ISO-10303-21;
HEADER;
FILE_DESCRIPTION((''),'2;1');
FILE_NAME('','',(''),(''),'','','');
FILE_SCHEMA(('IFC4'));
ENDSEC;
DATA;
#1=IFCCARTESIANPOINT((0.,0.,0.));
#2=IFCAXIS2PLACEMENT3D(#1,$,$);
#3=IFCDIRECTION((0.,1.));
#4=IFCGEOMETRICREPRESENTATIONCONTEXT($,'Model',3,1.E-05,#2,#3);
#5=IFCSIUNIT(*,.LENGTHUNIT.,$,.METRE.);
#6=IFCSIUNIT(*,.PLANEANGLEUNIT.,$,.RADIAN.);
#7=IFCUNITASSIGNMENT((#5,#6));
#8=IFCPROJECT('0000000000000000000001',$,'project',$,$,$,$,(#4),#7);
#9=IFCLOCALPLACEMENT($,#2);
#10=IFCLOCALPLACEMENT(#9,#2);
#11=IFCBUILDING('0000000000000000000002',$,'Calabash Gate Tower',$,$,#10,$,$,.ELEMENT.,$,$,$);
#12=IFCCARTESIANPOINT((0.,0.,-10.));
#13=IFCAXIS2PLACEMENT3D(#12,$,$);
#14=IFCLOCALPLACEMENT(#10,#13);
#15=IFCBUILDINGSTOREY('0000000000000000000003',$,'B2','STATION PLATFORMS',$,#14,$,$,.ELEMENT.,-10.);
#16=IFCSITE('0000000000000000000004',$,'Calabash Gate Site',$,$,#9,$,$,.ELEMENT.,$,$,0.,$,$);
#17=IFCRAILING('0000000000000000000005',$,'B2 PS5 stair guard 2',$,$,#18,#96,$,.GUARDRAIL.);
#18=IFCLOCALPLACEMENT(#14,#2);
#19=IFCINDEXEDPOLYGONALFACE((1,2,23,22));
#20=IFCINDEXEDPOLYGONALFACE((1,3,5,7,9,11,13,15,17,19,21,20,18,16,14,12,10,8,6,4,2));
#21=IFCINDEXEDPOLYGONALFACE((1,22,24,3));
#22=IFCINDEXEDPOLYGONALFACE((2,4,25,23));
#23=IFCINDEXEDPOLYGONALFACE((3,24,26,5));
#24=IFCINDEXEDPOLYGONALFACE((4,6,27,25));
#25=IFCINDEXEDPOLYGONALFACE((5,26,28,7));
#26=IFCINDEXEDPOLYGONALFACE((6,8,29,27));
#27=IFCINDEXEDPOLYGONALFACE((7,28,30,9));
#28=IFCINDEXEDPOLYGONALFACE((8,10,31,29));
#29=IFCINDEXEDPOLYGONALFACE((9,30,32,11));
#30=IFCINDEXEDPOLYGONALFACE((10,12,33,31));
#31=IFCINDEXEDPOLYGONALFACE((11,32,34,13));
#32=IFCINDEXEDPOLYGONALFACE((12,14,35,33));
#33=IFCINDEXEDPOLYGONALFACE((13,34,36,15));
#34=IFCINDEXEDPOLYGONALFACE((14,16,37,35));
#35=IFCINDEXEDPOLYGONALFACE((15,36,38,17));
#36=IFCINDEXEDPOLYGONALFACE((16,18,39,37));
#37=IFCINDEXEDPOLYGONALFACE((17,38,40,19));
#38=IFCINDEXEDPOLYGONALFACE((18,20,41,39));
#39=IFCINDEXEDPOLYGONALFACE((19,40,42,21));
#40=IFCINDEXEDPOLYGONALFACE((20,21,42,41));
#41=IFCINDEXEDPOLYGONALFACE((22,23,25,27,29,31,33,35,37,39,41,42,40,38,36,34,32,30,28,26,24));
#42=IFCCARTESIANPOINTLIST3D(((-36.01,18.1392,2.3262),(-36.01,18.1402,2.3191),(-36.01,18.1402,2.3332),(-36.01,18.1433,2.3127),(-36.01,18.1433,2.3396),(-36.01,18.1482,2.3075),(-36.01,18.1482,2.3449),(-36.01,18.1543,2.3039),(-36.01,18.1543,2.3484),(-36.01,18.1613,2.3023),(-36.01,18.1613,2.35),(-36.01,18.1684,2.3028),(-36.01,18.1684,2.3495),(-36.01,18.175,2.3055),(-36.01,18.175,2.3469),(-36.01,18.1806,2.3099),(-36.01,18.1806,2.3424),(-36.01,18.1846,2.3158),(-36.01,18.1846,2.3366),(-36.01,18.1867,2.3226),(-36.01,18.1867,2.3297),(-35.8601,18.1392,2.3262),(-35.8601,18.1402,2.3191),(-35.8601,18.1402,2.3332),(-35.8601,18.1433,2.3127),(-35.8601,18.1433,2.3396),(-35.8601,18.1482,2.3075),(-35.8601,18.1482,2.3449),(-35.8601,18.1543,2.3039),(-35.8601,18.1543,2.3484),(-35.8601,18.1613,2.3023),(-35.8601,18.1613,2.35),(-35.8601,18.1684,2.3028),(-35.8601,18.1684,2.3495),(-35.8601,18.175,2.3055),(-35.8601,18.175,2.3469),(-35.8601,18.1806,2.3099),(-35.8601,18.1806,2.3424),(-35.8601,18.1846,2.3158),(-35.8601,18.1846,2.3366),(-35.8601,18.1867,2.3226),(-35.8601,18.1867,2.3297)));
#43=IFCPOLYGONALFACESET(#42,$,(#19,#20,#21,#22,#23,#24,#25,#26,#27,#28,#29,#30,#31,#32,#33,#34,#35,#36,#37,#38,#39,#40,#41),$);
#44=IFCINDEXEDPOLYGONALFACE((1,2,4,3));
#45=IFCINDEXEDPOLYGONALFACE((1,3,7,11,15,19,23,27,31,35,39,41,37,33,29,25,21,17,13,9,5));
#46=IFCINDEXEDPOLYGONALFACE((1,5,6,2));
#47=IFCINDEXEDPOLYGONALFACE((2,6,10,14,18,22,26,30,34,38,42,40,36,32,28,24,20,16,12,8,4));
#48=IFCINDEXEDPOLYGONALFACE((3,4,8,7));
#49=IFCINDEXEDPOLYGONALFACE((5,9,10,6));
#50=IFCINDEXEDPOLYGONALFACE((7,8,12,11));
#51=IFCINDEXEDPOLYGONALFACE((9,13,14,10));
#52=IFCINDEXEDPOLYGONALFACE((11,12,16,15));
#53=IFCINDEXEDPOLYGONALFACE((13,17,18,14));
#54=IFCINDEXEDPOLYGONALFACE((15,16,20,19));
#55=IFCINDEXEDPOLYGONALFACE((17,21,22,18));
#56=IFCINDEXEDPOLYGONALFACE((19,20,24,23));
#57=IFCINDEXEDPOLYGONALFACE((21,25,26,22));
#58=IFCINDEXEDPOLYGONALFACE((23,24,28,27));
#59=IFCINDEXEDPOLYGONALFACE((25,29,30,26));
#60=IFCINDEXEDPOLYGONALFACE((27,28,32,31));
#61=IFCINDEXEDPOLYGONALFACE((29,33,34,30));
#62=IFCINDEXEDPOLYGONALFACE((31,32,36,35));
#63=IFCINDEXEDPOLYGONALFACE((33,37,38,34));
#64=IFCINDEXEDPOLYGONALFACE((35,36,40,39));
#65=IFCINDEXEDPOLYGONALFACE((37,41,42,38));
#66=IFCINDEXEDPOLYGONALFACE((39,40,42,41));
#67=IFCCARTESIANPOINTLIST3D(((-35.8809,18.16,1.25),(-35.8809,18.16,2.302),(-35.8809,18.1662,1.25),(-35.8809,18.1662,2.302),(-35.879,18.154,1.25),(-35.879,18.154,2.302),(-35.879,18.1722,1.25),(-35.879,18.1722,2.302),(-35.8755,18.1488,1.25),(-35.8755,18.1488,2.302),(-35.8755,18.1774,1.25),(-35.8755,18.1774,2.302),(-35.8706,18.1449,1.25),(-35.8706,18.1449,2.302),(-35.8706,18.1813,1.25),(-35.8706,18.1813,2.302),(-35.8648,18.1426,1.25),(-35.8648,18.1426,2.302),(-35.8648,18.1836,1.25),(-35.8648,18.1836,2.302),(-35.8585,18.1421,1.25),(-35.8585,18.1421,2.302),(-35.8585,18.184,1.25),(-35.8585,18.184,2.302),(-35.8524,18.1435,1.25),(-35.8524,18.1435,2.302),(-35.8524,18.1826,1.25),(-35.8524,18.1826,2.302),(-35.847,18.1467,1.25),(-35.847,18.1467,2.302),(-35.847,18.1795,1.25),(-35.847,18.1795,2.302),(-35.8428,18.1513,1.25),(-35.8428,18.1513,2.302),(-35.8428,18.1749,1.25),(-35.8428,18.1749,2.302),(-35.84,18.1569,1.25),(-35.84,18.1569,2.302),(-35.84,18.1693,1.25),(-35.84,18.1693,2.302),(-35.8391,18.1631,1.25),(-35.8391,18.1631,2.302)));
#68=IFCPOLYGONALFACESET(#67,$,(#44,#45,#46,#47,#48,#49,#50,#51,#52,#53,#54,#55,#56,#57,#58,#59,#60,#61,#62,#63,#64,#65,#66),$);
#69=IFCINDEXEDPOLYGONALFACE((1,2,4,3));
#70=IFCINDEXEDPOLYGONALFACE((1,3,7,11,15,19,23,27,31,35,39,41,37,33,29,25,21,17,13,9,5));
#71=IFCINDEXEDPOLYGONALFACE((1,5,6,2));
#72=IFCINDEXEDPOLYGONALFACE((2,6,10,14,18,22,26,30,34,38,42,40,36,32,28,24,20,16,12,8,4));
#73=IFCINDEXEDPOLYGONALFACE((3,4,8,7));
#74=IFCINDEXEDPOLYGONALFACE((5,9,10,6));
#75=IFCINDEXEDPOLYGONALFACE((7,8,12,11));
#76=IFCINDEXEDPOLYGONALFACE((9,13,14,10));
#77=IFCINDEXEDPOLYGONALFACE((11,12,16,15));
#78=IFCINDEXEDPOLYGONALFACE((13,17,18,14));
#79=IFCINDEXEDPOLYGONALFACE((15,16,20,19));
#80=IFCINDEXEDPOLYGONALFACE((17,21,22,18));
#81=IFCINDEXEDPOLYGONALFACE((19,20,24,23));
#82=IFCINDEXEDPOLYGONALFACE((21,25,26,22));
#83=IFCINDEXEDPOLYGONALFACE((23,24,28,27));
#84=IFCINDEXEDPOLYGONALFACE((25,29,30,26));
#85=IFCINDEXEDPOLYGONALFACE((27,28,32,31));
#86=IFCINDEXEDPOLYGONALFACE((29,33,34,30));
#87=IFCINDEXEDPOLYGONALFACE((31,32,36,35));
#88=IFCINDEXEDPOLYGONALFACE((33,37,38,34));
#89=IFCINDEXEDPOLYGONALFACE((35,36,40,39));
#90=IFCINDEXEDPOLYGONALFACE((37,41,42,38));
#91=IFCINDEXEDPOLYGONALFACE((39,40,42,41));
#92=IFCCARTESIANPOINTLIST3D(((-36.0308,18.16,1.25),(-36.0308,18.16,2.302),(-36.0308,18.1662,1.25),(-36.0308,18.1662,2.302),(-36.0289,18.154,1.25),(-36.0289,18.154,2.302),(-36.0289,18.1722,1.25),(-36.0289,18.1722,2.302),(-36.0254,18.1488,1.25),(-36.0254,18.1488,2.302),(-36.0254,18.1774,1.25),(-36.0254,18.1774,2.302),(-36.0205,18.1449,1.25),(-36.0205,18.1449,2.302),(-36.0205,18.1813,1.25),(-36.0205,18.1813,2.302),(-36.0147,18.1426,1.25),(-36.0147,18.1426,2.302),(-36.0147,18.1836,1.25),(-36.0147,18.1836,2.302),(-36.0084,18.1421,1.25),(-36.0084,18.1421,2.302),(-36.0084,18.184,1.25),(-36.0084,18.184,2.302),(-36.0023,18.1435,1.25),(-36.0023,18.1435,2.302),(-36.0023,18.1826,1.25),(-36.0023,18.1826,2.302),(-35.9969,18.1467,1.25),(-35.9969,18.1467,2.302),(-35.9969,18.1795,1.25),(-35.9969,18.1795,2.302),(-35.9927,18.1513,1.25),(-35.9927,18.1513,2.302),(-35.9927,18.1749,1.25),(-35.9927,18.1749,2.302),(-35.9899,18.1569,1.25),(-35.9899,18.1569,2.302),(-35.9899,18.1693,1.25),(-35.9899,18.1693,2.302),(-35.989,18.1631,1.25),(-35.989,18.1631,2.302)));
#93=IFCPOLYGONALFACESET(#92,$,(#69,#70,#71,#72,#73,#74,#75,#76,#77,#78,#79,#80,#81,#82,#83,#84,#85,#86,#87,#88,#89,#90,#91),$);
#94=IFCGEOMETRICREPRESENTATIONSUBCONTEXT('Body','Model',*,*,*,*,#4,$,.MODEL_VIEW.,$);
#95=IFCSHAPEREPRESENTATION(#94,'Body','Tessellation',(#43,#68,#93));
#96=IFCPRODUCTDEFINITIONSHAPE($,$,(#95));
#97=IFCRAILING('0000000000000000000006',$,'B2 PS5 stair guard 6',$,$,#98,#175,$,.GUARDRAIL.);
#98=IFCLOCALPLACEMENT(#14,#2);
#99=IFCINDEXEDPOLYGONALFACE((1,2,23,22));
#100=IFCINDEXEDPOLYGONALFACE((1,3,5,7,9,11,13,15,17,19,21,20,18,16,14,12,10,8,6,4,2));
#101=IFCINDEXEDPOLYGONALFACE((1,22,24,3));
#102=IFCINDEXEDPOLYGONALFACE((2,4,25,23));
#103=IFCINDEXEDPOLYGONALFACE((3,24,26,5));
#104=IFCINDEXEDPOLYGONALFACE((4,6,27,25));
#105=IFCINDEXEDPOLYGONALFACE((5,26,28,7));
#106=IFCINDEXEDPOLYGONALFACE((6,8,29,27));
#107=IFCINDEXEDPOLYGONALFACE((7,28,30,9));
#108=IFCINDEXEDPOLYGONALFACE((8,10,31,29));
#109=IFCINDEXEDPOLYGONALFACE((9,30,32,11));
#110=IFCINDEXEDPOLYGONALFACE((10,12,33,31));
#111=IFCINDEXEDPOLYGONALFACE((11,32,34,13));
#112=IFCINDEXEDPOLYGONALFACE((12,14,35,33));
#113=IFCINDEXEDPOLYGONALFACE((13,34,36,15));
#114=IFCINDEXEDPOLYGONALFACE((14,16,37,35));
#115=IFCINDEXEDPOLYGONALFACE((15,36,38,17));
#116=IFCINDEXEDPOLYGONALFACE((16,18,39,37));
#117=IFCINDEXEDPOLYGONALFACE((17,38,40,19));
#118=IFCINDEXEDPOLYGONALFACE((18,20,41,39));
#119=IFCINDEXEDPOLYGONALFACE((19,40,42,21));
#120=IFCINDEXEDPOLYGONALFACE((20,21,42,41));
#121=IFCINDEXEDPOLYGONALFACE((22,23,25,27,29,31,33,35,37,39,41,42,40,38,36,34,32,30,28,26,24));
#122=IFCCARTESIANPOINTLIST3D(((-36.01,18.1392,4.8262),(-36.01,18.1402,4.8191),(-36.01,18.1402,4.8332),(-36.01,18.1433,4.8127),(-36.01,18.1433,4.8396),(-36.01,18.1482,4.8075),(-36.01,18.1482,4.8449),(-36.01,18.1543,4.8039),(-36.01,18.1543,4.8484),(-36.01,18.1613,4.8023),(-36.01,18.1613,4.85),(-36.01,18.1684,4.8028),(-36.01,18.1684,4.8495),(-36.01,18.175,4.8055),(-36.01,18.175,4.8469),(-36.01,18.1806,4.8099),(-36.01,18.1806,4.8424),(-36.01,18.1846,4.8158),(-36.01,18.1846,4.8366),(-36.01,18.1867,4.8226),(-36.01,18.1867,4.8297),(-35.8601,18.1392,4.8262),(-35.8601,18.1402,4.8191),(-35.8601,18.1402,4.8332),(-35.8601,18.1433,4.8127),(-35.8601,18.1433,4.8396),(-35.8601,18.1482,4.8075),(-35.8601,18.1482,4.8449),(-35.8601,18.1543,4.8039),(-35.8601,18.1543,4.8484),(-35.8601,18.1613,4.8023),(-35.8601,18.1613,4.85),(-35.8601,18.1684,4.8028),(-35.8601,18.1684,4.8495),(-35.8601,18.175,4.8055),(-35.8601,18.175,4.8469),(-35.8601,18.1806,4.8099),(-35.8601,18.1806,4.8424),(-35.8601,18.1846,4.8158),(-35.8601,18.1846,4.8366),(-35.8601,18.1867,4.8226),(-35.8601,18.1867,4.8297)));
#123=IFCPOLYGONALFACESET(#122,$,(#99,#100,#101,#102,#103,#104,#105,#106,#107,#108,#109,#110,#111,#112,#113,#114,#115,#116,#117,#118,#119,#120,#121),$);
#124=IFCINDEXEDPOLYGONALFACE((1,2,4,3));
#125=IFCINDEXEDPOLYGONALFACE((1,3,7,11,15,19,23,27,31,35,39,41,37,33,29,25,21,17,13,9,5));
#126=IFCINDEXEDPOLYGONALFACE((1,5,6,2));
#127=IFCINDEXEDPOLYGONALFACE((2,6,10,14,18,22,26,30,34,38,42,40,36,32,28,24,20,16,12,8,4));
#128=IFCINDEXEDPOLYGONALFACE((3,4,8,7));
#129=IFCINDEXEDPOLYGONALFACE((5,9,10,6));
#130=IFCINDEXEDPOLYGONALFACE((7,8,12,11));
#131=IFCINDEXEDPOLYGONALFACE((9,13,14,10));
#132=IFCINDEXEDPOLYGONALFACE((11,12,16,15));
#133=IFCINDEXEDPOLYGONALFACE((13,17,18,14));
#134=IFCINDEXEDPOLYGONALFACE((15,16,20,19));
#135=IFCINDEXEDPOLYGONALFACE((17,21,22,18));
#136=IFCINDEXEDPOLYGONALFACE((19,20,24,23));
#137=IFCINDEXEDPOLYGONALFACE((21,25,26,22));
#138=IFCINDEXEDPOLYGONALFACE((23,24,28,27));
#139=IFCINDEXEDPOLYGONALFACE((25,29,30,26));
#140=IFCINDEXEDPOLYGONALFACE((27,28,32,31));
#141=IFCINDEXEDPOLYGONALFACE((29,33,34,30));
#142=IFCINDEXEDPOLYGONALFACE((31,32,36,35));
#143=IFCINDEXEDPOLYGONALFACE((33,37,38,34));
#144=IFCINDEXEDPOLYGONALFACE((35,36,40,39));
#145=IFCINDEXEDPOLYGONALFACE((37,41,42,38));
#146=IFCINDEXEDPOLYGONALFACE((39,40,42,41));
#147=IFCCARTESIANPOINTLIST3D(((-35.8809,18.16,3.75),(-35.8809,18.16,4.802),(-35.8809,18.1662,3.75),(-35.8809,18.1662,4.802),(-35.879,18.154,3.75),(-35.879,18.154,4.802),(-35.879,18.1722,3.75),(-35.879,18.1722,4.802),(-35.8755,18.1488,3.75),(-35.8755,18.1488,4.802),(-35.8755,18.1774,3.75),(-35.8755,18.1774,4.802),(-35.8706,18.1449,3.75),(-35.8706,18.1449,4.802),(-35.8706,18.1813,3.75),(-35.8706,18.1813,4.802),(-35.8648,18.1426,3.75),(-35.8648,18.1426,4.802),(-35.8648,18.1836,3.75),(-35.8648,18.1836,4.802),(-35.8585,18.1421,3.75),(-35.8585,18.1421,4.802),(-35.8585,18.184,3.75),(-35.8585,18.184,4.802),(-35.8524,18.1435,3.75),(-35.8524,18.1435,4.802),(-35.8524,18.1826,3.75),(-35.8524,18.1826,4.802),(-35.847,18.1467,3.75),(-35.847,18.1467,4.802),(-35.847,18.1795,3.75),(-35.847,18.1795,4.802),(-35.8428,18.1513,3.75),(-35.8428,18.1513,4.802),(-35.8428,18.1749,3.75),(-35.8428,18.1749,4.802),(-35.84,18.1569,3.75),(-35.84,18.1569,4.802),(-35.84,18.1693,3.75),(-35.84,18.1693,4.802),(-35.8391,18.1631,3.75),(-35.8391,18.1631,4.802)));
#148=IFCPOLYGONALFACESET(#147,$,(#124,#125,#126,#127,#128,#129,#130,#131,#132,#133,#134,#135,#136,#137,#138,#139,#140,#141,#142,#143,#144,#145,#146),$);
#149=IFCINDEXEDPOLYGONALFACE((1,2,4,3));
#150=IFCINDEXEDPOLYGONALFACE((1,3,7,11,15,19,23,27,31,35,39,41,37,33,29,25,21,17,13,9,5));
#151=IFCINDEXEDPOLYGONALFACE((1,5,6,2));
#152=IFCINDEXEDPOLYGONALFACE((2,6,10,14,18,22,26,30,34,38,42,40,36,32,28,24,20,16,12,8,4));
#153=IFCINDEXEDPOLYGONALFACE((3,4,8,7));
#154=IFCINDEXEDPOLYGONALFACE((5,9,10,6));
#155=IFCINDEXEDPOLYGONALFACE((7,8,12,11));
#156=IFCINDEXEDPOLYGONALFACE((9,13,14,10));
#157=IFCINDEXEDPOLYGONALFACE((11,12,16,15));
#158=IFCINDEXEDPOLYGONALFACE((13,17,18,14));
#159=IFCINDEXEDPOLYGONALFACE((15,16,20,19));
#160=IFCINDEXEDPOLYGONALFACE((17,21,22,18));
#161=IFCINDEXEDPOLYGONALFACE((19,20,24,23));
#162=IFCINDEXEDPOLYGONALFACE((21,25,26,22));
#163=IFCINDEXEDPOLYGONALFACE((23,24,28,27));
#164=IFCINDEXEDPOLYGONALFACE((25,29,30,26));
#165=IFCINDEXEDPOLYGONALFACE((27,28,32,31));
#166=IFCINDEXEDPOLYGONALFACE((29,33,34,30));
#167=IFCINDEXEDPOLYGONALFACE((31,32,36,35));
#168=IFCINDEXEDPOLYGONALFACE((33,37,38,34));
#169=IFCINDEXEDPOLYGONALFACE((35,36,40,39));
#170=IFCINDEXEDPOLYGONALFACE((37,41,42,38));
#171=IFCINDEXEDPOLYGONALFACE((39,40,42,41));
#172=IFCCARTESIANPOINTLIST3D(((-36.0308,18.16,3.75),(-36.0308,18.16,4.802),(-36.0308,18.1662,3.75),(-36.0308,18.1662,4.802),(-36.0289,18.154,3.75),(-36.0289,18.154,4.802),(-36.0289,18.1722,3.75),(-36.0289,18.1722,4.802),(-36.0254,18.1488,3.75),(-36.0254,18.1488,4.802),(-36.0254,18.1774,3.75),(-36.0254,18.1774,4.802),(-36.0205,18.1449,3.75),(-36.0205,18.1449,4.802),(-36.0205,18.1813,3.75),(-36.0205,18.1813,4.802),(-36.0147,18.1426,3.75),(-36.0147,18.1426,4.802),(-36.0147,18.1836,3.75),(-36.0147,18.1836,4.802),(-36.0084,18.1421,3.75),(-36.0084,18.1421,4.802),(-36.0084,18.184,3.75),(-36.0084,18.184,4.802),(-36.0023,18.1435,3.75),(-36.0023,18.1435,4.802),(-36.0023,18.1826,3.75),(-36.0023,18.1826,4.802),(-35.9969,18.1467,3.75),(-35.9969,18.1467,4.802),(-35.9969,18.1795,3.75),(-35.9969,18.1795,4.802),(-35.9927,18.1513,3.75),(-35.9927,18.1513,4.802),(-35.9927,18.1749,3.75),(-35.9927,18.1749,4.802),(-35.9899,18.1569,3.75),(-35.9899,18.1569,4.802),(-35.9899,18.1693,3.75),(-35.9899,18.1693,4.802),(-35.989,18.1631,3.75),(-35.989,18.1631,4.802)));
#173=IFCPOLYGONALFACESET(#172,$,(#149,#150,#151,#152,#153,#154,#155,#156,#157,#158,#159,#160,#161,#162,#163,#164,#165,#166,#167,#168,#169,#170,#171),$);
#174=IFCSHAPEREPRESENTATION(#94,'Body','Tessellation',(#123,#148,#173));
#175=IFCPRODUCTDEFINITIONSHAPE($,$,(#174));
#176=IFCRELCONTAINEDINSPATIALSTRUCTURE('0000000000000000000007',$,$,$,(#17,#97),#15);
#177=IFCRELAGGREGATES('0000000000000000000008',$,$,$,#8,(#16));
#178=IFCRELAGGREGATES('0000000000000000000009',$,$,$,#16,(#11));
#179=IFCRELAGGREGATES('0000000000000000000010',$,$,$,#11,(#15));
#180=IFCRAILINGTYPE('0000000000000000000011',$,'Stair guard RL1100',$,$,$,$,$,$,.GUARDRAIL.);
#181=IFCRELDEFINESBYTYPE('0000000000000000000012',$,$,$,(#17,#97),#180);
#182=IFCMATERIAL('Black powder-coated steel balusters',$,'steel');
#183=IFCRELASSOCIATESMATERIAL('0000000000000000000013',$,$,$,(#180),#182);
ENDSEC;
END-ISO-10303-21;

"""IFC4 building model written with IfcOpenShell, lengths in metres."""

from ifc_helpers import new_model, si_unit, direction, frame, origin, origin_2d, place, context, subcontext, project, spatial, circle, extrude, material, type_object, element, save


model = new_model("IFC4")

# Units and contexts
model_context = context("Model", 3, precision=1e-05, world=origin(), true_north=direction((0.0, 1.0)))
body_context = subcontext(model_context, "Body", "Model", "MODEL_VIEW")
ifc_project = project(units=[si_unit("LENGTHUNIT", "METRE"), si_unit("PLANEANGLEUNIT", "RADIAN")], contexts=[model_context])

# Site, building, storey
site_placement = place(None, origin())
site = spatial("IfcSite", under=ifc_project, at=site_placement, Name="Calabash Gate Site", CompositionType="ELEMENT", RefElevation=0.0)
building_placement = place(site_placement, origin())
building = spatial("IfcBuilding", under=site, at=building_placement, Name="Calabash Gate Tower", CompositionType="ELEMENT")
storey_placement = place(building_placement, frame((0.0, 0.0, -10.0)))
storey = spatial("IfcBuildingStorey", under=building, at=storey_placement, Name="B2", Description="STATION PLATFORMS", CompositionType="ELEMENT", Elevation=-10.0)

# Railings
ifc_material_1 = material(Name="Black powder-coated steel balusters", Category="steel")
railing_type_1 = type_object("IfcRailingType", Name="Stair guard RL1100", PredefinedType="GUARDRAIL", material=ifc_material_1)
for number, where, name in (
    (1, (-35.8601, 18.1631, 1.25), "B2 PS5 stair guard 2"),
    (2, (-35.8601, 18.1631, 3.75), "B2 PS5 stair guard 6"),
):
    element("IfcRailing", number, at=place(storey_placement, frame(where)), inside=storey, type_object=railing_type_1, Name=name, PredefinedType="GUARDRAIL", context=body_context, shape_type="SweptSolid", body=[
        extrude(circle(Radius=0.0239, at=origin_2d()), frame((0.0, 0.0, 1.0762), z_axis=(-1.0, 0.0, 0.0), x_axis=(0.0, -1.0, 0.0)), (0.0, 0.0, 1.0), 0.1499),
        extrude(circle(Radius=0.021, at=origin_2d()), origin(), (0.0, 0.0, 1.0), 1.052),
        extrude(circle(Radius=0.021, at=origin_2d()), frame((-0.1499, 0.0, 0.0)), (0.0, 0.0, 1.0), 1.052),
    ])

save(model, "model.ifc")
